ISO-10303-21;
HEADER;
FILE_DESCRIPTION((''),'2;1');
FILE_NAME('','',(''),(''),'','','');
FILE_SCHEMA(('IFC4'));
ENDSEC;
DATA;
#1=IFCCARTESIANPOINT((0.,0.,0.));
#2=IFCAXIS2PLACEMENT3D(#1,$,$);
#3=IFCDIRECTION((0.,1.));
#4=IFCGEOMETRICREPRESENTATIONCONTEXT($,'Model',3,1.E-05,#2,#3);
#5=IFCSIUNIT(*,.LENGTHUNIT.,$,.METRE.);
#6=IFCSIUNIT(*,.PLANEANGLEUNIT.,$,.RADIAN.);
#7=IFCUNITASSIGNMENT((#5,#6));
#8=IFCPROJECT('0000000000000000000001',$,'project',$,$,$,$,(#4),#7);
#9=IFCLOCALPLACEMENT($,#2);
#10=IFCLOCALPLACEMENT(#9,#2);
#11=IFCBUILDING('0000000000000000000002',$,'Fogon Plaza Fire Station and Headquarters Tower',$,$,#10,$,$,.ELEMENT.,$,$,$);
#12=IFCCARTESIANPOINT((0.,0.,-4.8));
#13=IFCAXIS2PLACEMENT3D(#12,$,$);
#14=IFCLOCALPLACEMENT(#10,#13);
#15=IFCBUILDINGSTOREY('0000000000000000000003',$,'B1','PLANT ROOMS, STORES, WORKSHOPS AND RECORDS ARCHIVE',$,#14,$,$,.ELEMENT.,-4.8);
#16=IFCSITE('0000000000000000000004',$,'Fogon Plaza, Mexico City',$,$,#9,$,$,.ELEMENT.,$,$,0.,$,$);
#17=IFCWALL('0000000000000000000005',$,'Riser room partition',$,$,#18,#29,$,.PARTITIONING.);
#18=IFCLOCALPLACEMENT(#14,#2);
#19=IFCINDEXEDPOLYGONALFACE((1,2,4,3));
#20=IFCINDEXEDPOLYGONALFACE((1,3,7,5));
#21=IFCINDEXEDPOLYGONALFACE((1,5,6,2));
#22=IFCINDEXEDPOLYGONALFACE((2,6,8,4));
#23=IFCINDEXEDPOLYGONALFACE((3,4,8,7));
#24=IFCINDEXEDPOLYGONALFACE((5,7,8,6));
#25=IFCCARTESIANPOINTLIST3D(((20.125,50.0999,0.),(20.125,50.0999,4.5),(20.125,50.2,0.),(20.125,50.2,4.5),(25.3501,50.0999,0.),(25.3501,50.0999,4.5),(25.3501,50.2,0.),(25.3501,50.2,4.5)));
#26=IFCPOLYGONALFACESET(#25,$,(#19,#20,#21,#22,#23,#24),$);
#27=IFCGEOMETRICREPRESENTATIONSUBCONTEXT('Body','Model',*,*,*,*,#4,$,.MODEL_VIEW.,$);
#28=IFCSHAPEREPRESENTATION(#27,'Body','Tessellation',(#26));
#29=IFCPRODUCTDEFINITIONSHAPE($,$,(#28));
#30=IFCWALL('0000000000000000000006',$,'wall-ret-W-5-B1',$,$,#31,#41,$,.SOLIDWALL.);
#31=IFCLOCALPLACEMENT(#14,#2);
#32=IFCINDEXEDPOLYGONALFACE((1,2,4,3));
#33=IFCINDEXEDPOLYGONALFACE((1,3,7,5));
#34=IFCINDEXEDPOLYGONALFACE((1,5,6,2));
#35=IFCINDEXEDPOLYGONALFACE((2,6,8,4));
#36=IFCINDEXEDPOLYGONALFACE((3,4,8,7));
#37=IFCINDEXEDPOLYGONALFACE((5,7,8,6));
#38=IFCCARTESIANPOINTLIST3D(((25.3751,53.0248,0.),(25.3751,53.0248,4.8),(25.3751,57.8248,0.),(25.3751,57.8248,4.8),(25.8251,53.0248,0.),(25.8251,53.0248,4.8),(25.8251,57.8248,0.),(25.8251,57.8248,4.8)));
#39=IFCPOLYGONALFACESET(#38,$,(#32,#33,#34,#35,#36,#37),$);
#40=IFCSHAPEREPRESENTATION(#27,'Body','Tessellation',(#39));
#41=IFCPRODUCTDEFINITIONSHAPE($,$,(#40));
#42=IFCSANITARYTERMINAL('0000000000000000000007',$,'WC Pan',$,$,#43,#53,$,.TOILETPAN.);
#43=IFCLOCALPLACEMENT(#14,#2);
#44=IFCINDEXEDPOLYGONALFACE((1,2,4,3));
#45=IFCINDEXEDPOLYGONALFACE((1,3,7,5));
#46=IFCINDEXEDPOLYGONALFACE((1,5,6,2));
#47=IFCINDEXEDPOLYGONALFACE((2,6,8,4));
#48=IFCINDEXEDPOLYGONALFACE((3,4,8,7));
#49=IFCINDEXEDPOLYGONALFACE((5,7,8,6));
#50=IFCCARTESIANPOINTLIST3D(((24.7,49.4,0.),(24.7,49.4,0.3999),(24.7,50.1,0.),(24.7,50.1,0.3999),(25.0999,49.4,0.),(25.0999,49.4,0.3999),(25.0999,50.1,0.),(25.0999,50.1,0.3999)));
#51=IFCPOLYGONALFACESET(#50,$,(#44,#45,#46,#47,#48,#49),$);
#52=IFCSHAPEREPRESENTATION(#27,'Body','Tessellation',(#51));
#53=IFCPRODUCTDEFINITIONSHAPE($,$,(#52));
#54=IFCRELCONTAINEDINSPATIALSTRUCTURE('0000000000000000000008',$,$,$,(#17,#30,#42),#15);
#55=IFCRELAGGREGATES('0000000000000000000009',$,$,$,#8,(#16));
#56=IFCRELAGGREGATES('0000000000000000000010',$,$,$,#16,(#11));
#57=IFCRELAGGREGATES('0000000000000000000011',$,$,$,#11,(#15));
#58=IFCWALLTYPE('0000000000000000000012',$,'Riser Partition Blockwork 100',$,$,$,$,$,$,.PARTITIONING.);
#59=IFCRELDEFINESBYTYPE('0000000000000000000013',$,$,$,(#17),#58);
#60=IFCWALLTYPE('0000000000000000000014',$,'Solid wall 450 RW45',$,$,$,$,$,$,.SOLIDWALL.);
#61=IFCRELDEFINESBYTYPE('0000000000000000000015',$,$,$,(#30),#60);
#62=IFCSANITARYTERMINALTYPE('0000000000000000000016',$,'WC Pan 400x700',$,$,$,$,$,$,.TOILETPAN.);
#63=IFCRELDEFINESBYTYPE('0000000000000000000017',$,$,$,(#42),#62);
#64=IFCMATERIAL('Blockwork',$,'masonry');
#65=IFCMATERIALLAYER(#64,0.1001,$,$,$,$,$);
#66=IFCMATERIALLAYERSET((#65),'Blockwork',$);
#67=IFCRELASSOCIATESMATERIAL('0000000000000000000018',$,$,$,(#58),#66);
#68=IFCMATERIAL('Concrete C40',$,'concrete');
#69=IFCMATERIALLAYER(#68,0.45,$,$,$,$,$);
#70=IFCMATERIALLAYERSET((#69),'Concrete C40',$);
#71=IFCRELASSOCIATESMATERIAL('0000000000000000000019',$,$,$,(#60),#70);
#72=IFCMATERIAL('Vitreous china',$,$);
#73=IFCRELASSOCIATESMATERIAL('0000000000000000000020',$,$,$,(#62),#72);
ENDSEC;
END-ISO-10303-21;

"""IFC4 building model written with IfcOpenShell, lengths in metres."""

from ifc_helpers import new_model, si_unit, direction, frame, frame_2d, origin, origin_2d, place, context, subcontext, project, spatial, rectangle, extrude, material, layer, layer_set, type_object, element, save


model = new_model("IFC4")

# Units and contexts
model_context = context("Model", 3, precision=1e-05, world=origin(), true_north=direction((0.0, 1.0)))
body_context = subcontext(model_context, "Body", "Model", "MODEL_VIEW")
ifc_project = project(units=[si_unit("LENGTHUNIT", "METRE"), si_unit("PLANEANGLEUNIT", "RADIAN")], contexts=[model_context])

# Site, building, storey
site_placement = place(None, origin())
site = spatial("IfcSite", under=ifc_project, at=site_placement, Name="Fogon Plaza, Mexico City", CompositionType="ELEMENT", RefElevation=0.0)
building_placement = place(site_placement, origin())
building = spatial("IfcBuilding", under=site, at=building_placement, Name="Fogon Plaza Fire Station and Headquarters Tower", CompositionType="ELEMENT")
storey_placement = place(building_placement, frame((0.0, 0.0, -4.8)))
storey = spatial("IfcBuildingStorey", under=building, at=storey_placement, Name="B1", Description="PLANT ROOMS, STORES, WORKSHOPS AND RECORDS ARCHIVE", CompositionType="ELEMENT", Elevation=-4.8)

# Walls
ifc_material_1 = material(Name="Blockwork", Category="masonry")
ifc_layer_1 = layer(ifc_material_1, 0.1001)
ifc_layer_set_1 = layer_set([ifc_layer_1], Name="Blockwork")
wall_type_1 = type_object("IfcWallType", Name="Riser Partition Blockwork 100", PredefinedType="PARTITIONING", material=ifc_layer_set_1)
wall_1_placement = place(storey_placement, frame((20.125, 50.1499, 0.0), z_axis=(0.0, 0.0, 1.0), x_axis=(1.0, 0.0, 0.0)))
element("IfcWall", 1, at=wall_1_placement, inside=storey, type_object=wall_type_1, Name="Riser room partition", PredefinedType="PARTITIONING", context=body_context, shape_type="SweptSolid", body=[
    extrude(rectangle(XDim=5.2251, YDim=0.1001, at=frame_2d((2.6125, 0.0))), origin(), (0.0, 0.0, 1.0), 4.5),
])
ifc_material_2 = material(Name="Concrete C40", Category="concrete")
ifc_layer_2 = layer(ifc_material_2, 0.45)
ifc_layer_set_2 = layer_set([ifc_layer_2], Name="Concrete C40")
wall_type_2 = type_object("IfcWallType", Name="Solid wall 450 RW45", PredefinedType="SOLIDWALL", material=ifc_layer_set_2)
wall_2_placement = place(storey_placement, frame((25.6001, 53.0249, 0.0), z_axis=(0.0, 0.0, 1.0), x_axis=(0.0, 1.0, 0.0)))
element("IfcWall", 2, at=wall_2_placement, inside=storey, type_object=wall_type_2, Name="wall-ret-W-5-B1", PredefinedType="SOLIDWALL", context=body_context, shape_type="SweptSolid", body=[
    extrude(rectangle(XDim=4.8, YDim=0.45, at=frame_2d((2.3999, 0.0))), origin(), (0.0, 0.0, 1.0), 4.8),
])

# Sanitary terminal
ifc_material_3 = material(Name="Vitreous china")
sanitary_terminal_type = type_object("IfcSanitaryTerminalType", Name="WC Pan 400x700", PredefinedType="TOILETPAN", material=ifc_material_3)
sanitary_terminal_placement = place(storey_placement, frame((24.8999, 49.75, 0.0), z_axis=(0.0, 0.0, 1.0), x_axis=(1.0, 0.0, 0.0)))
element("IfcSanitaryTerminal", 3, at=sanitary_terminal_placement, inside=storey, type_object=sanitary_terminal_type, Name="WC Pan", PredefinedType="TOILETPAN", context=body_context, shape_type="SweptSolid", body=[
    extrude(rectangle(XDim=0.3999, YDim=0.7, at=origin_2d()), origin(), (0.0, 0.0, 1.0), 0.3999),
])

save(model, "model.ifc")
